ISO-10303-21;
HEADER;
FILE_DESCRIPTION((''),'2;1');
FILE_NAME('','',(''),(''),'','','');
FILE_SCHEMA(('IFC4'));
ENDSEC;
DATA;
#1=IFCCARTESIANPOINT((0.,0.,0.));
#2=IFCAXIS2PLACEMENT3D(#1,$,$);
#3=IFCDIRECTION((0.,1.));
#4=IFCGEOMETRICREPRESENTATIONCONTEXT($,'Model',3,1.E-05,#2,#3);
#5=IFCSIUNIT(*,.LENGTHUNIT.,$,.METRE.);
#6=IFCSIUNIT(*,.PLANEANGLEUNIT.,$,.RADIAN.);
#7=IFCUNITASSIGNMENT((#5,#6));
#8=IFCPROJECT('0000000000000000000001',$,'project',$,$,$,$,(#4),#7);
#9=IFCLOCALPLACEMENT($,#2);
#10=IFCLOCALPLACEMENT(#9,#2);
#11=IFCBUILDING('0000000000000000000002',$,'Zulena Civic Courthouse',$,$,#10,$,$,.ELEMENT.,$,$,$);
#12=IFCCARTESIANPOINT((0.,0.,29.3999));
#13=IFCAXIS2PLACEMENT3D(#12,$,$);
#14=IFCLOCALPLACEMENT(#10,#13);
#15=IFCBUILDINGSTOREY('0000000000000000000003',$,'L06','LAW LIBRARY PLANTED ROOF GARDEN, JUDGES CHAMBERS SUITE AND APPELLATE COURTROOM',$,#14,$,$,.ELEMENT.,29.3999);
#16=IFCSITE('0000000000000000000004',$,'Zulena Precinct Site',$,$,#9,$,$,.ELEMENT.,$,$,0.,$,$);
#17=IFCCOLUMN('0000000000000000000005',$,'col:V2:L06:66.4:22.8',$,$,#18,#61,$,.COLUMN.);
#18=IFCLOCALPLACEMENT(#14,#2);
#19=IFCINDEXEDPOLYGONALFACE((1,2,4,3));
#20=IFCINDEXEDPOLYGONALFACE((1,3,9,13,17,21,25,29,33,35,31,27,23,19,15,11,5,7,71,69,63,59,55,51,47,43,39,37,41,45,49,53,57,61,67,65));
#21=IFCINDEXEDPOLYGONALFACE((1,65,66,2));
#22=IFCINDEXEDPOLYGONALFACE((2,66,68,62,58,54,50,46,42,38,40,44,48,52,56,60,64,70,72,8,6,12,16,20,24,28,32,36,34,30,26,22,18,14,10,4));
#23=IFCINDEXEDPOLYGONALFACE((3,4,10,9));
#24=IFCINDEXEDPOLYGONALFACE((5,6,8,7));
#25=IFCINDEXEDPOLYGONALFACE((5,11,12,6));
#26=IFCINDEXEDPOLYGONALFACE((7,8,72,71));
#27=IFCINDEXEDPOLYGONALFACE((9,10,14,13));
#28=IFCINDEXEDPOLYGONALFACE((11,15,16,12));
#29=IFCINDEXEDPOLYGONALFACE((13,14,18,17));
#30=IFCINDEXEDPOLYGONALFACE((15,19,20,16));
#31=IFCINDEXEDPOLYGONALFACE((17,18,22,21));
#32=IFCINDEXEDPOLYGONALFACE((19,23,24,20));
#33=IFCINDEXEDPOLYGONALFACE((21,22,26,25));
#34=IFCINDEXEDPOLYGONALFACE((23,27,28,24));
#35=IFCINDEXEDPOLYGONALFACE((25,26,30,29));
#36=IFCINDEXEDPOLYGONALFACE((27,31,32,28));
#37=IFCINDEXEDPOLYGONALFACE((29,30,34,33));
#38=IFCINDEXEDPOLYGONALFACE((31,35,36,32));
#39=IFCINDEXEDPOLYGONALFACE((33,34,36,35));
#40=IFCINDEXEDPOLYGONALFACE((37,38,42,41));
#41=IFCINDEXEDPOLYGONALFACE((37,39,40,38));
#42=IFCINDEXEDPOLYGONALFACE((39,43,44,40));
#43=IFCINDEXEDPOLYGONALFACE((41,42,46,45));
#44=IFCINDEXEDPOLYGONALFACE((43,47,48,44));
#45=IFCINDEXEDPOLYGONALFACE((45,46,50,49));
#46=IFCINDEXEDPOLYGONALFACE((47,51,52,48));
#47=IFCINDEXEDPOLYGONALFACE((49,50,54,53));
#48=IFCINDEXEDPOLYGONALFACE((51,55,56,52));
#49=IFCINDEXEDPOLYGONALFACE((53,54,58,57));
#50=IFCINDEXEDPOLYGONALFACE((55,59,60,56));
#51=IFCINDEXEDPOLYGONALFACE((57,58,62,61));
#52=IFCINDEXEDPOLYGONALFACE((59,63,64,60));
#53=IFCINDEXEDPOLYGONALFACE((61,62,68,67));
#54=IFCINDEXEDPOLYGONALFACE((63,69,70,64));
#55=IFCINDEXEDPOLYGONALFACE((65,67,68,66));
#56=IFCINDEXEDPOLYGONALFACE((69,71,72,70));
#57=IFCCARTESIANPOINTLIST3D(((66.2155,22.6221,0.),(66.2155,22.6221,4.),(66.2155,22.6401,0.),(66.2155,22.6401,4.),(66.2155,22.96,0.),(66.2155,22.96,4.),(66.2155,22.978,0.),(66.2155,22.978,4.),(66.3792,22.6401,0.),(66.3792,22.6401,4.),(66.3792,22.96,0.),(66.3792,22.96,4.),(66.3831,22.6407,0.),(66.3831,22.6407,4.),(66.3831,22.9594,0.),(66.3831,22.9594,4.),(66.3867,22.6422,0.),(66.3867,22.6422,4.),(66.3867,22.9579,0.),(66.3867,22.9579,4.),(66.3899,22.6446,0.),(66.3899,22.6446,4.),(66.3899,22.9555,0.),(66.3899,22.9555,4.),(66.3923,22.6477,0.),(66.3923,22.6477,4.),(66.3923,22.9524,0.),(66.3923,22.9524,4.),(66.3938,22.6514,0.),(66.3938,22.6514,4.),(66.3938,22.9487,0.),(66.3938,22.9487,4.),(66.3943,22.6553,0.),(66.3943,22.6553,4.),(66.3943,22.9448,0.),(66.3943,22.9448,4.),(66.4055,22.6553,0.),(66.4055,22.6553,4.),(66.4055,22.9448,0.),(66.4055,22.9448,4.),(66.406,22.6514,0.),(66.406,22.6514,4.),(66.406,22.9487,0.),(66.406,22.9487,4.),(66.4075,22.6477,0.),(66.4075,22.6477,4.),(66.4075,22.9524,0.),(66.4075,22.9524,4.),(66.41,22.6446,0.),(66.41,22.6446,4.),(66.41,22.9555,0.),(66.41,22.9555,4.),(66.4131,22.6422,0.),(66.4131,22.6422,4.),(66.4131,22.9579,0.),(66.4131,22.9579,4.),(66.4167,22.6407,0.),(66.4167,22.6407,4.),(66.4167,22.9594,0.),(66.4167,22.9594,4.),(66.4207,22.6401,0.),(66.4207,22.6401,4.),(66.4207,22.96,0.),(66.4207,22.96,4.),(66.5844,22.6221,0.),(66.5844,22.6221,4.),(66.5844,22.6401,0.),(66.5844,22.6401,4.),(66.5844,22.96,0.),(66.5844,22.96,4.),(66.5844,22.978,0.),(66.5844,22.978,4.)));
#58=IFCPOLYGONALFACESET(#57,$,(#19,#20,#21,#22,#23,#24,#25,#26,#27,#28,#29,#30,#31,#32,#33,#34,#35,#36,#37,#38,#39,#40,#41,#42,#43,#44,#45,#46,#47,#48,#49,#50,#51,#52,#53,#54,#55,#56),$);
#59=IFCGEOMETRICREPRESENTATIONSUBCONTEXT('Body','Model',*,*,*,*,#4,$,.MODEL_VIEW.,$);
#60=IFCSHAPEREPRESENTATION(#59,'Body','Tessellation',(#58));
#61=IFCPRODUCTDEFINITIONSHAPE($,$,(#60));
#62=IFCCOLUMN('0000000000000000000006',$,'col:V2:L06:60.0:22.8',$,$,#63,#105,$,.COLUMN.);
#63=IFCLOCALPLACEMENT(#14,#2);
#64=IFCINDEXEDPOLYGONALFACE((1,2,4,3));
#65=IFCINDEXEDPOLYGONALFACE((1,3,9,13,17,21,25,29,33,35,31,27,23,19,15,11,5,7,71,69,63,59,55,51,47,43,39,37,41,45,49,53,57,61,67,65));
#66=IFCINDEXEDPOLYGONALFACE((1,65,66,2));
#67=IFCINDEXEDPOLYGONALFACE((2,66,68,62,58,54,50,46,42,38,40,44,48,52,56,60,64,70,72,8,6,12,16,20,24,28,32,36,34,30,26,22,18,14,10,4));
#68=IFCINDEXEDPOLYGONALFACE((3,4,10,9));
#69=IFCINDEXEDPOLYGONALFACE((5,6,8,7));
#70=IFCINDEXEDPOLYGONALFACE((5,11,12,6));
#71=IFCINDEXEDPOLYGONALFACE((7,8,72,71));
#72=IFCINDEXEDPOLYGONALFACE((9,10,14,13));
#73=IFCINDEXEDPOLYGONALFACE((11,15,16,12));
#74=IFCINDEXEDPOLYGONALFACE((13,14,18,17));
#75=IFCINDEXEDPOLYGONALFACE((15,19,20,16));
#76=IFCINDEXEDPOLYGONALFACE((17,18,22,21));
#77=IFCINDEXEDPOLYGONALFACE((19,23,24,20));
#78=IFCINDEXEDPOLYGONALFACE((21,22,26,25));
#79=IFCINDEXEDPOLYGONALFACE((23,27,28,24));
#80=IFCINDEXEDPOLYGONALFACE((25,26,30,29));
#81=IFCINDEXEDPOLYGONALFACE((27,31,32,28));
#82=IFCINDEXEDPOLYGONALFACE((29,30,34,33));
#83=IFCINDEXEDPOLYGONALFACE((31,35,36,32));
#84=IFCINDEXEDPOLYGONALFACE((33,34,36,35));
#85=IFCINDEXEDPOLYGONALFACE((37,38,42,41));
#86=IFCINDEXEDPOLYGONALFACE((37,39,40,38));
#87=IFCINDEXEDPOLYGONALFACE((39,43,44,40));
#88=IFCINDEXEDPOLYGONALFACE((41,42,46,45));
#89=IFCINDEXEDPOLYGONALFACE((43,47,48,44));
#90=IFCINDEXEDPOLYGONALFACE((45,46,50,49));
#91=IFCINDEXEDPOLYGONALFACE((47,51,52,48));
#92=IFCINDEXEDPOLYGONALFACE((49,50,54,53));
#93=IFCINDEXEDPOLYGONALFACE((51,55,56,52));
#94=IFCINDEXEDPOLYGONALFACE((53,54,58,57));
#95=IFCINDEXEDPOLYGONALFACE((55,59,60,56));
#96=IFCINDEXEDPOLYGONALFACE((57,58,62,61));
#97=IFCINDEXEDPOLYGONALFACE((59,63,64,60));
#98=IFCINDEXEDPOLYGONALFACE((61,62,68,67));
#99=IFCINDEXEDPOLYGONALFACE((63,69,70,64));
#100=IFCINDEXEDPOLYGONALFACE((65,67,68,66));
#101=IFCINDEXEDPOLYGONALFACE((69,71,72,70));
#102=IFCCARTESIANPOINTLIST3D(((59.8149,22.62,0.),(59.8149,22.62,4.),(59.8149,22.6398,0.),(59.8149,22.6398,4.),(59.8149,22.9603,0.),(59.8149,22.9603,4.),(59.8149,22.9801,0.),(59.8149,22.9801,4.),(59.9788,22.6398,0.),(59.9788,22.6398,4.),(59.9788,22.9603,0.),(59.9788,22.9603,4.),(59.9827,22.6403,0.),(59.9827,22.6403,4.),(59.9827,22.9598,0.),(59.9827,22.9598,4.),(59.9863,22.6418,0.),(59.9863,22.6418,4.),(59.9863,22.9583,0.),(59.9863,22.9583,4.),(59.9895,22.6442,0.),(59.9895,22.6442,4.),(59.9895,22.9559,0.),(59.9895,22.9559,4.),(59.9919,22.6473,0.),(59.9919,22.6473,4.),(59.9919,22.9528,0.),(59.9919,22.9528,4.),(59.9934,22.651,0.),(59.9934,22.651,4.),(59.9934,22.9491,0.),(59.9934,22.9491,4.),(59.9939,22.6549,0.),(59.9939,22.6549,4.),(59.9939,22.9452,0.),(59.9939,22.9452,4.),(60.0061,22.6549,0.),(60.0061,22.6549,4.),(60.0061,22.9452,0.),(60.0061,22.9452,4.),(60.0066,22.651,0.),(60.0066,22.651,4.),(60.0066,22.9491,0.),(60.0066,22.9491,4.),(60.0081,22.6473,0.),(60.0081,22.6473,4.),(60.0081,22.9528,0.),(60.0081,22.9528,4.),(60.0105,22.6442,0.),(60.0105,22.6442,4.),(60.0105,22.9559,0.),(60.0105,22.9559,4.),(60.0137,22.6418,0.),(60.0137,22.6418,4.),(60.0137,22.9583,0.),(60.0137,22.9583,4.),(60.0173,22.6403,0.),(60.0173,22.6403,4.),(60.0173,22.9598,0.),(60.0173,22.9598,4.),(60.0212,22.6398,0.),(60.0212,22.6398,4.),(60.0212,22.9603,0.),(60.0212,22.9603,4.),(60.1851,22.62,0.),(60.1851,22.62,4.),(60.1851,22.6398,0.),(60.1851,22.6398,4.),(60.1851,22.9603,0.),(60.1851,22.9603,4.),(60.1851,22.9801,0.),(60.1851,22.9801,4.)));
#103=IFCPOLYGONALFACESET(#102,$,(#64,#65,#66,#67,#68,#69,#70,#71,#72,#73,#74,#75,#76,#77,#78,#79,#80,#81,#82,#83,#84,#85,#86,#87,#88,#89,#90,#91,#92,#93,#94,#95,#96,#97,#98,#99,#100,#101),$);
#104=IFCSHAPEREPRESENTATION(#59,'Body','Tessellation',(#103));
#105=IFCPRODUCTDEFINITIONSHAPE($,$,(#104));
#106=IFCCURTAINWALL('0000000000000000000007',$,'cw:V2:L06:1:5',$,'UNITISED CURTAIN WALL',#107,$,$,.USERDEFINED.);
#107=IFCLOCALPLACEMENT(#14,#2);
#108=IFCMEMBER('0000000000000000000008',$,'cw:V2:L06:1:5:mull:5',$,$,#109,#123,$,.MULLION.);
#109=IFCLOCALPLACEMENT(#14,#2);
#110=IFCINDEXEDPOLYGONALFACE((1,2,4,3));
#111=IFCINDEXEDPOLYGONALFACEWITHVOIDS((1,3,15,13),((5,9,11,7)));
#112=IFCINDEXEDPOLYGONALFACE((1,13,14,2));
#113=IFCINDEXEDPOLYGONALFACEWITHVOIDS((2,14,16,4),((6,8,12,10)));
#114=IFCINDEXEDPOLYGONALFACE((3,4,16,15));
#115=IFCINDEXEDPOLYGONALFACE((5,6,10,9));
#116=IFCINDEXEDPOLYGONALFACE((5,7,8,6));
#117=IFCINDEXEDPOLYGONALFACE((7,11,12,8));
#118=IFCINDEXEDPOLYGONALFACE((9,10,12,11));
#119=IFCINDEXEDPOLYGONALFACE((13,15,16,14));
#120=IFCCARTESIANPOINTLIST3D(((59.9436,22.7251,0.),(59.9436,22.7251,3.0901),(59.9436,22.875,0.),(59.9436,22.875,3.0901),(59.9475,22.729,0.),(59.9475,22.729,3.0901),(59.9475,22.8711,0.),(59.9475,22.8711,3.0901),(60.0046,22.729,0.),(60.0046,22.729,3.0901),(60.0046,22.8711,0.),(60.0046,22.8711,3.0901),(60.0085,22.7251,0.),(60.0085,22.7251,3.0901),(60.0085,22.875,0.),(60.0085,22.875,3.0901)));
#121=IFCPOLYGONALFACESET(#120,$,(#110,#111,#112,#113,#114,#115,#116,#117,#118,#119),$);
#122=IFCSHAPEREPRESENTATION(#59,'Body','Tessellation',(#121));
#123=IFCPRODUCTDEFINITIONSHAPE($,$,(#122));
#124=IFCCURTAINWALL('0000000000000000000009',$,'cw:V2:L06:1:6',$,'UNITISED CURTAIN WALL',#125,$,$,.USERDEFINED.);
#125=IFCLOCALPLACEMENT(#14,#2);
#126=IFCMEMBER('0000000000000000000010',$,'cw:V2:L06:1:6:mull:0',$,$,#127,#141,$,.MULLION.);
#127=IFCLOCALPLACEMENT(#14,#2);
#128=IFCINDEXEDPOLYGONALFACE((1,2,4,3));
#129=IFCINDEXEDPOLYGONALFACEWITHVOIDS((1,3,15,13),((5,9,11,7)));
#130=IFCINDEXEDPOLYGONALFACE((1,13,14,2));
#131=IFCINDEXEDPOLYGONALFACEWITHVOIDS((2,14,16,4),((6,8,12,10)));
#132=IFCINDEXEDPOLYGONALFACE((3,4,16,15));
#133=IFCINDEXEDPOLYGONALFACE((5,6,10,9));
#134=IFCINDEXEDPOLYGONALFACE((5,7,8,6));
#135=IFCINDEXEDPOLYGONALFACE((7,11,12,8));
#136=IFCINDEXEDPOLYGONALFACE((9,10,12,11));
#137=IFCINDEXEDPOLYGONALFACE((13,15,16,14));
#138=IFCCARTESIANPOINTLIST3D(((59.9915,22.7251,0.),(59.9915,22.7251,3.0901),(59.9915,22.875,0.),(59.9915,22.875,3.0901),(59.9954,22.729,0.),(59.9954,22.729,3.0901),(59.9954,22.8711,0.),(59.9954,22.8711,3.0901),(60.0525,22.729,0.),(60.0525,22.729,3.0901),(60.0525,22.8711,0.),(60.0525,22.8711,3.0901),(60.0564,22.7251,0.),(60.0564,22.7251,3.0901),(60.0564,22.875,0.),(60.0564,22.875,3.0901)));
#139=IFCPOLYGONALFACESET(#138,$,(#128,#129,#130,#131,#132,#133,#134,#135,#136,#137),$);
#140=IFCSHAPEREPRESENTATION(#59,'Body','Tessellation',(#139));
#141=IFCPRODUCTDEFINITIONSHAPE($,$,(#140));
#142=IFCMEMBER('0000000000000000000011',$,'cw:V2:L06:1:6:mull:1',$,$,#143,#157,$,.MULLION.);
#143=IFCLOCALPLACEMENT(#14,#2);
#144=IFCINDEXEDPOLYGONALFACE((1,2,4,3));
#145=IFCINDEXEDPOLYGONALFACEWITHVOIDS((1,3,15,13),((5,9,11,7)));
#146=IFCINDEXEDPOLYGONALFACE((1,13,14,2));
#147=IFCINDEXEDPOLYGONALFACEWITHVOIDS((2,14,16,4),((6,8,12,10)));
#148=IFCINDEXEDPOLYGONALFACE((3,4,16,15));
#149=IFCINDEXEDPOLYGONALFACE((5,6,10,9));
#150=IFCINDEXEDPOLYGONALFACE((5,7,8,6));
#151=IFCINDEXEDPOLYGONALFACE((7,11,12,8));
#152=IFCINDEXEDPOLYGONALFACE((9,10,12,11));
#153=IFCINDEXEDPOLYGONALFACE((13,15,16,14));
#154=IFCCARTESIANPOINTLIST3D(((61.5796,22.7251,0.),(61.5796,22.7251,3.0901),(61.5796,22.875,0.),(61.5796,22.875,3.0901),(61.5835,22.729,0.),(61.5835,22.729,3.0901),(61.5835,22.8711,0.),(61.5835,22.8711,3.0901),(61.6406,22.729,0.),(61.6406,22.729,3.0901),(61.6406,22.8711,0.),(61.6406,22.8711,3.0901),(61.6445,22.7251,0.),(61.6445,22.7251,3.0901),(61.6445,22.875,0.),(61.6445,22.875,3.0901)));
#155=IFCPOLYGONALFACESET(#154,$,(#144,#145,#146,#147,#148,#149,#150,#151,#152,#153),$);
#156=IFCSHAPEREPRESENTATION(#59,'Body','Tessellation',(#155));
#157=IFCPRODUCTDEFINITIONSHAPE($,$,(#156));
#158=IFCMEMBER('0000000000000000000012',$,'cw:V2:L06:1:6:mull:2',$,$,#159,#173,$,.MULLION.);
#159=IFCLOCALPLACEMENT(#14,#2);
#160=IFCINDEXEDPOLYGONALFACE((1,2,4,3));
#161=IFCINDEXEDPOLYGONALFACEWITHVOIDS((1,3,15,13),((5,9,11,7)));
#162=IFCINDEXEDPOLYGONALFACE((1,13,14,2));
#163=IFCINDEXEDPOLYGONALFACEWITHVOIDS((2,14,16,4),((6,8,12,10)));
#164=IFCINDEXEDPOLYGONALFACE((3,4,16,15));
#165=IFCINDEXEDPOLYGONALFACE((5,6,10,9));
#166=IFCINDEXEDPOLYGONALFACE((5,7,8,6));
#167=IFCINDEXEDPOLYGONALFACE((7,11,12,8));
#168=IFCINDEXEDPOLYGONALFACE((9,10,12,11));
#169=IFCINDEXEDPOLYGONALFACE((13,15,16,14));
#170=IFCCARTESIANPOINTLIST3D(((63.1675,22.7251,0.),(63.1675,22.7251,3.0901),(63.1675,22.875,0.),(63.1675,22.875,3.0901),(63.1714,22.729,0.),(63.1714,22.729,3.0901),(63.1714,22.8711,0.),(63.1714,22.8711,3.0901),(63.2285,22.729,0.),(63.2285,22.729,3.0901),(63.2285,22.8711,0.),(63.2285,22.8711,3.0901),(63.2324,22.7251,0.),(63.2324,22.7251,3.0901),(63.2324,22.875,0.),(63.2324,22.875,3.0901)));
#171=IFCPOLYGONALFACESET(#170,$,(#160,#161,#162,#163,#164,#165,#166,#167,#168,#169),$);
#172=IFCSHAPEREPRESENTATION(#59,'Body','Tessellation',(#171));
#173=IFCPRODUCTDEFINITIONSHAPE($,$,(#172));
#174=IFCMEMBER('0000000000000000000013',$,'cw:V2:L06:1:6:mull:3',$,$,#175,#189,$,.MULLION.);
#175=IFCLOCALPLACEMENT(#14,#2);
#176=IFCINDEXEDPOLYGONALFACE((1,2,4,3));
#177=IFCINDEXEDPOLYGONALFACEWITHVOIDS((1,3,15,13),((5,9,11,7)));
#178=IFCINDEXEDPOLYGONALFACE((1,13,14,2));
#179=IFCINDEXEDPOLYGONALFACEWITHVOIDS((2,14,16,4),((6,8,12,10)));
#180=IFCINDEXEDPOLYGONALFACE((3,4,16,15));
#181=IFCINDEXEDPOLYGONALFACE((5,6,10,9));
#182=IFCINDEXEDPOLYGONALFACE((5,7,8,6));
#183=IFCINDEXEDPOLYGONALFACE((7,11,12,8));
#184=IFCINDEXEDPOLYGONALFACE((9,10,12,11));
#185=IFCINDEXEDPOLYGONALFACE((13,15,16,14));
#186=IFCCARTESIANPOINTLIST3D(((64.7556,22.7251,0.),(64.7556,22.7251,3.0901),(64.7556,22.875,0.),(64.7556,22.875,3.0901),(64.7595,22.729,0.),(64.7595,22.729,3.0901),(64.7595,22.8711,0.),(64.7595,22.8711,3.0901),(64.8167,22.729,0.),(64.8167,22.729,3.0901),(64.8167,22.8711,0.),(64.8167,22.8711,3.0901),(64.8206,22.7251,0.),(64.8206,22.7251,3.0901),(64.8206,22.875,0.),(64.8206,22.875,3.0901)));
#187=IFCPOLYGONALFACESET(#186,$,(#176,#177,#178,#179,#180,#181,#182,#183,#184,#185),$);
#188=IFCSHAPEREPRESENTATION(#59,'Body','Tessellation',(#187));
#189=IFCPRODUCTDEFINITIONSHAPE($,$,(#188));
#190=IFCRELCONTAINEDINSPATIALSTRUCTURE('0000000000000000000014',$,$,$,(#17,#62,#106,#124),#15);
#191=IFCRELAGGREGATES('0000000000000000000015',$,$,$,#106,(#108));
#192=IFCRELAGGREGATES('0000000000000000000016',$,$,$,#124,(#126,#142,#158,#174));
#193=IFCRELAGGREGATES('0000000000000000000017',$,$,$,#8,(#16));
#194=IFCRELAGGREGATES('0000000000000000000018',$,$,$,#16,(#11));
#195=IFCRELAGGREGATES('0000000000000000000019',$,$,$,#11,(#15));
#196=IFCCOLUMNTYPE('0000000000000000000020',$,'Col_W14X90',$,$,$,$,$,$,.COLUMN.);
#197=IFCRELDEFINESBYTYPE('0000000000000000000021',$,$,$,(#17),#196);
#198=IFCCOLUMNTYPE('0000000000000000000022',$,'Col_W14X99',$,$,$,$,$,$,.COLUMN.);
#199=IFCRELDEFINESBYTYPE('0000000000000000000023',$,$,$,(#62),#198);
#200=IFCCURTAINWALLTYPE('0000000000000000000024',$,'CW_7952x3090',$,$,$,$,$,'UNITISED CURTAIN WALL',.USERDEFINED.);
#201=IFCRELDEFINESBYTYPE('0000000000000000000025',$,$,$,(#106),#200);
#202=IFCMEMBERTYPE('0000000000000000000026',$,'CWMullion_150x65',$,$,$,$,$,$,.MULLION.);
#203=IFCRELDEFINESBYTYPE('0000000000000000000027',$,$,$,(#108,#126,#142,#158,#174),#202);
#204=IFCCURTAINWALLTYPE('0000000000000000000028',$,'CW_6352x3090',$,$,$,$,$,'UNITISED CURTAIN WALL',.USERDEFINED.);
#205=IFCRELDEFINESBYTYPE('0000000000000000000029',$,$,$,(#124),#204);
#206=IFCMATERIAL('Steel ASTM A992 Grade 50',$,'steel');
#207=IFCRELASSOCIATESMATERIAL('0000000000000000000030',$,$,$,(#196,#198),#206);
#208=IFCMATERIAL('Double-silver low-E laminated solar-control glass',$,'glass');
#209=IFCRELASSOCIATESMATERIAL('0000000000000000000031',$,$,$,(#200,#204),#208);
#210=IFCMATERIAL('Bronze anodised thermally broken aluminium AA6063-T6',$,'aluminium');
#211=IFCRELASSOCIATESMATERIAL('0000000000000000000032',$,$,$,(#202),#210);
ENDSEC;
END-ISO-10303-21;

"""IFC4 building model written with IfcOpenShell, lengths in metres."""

from ifc_helpers import new_model, si_unit, direction, frame, origin, origin_2d, place, context, subcontext, project, spatial, hollow_rectangle, i_section, extrude, material, material_profile, profile_set, type_object, element, aggregate, save


model = new_model("IFC4")

# Units and contexts
model_context = context("Model", 3, precision=1e-05, world=origin(), true_north=direction((0.0, 1.0)))
body_context = subcontext(model_context, "Body", "Model", "MODEL_VIEW")
ifc_project = project(units=[si_unit("LENGTHUNIT", "METRE"), si_unit("PLANEANGLEUNIT", "RADIAN")], contexts=[model_context])

# Site, building, storey
site_placement = place(None, origin())
site = spatial("IfcSite", under=ifc_project, at=site_placement, Name="Zulena Precinct Site", CompositionType="ELEMENT", RefElevation=0.0)
building_placement = place(site_placement, origin())
building = spatial("IfcBuilding", under=site, at=building_placement, Name="Zulena Civic Courthouse", CompositionType="ELEMENT")
storey_placement = place(building_placement, frame((0.0, 0.0, 29.3999)))
storey = spatial("IfcBuildingStorey", under=building, at=storey_placement, Name="L06", Description="LAW LIBRARY PLANTED ROOF GARDEN, JUDGES CHAMBERS SUITE AND APPELLATE COURTROOM", CompositionType="ELEMENT", Elevation=29.3999)

# Columns
ifc_material_1 = material(Name="Steel ASTM A992 Grade 50", Category="steel")
ifc_material_profile_1 = material_profile(ifc_material_1, i_section(OverallWidth=0.3689, OverallDepth=0.356, WebThickness=0.0112, FlangeThickness=0.0181, FilletRadius=0.0151, at=origin_2d()), Name="W14X90")
ifc_profile_set_1 = profile_set([ifc_material_profile_1], Name="Steel ASTM A992 Grade 50")
column_type_1 = type_object("IfcColumnType", Name="Col_W14X90", PredefinedType="COLUMN", material=ifc_profile_set_1)
column_1_placement = place(storey_placement, frame((66.3999, 22.8, 0.0), z_axis=(0.0, 0.0, 1.0), x_axis=(1.0, 0.0, 0.0)))
element("IfcColumn", 1, at=column_1_placement, inside=storey, type_object=column_type_1, Name="col:V2:L06:66.4:22.8", PredefinedType="COLUMN", context=body_context, shape_type="SweptSolid", body=[
    extrude(i_section(OverallWidth=0.3689, OverallDepth=0.356, WebThickness=0.0112, FlangeThickness=0.0181, FilletRadius=0.0151, at=origin_2d()), origin(), (0.0, 0.0, 1.0), 4.0),
])
ifc_material_profile_2 = material_profile(ifc_material_1, i_section(OverallWidth=0.3701, OverallDepth=0.3601, WebThickness=0.0122, FlangeThickness=0.0198, FilletRadius=0.0151, at=origin_2d()), Name="W14X99")
ifc_profile_set_2 = profile_set([ifc_material_profile_2], Name="Steel ASTM A992 Grade 50")
column_type_2 = type_object("IfcColumnType", Name="Col_W14X99", PredefinedType="COLUMN", material=ifc_profile_set_2)
column_2_placement = place(storey_placement, frame((60.0, 22.8, 0.0), z_axis=(0.0, 0.0, 1.0), x_axis=(1.0, 0.0, 0.0)))
element("IfcColumn", 2, at=column_2_placement, inside=storey, type_object=column_type_2, Name="col:V2:L06:60.0:22.8", PredefinedType="COLUMN", context=body_context, shape_type="SweptSolid", body=[
    extrude(i_section(OverallWidth=0.3701, OverallDepth=0.3601, WebThickness=0.0122, FlangeThickness=0.0198, FilletRadius=0.0151, at=origin_2d()), origin(), (0.0, 0.0, 1.0), 4.0),
])

# Curtain wall, member
ifc_material_2 = material(Name="Double-silver low-E laminated solar-control glass", Category="glass")
curtain_wall_type_1 = type_object("IfcCurtainWallType", Name="CW_7952x3090", ElementType="UNITISED CURTAIN WALL", PredefinedType="USERDEFINED", material=ifc_material_2)
curtain_wall_1_placement = place(storey_placement, origin())
curtain_wall_1 = element("IfcCurtainWall", 3, at=curtain_wall_1_placement, inside=storey, type_object=curtain_wall_type_1, Name="cw:V2:L06:1:5", ObjectType="UNITISED CURTAIN WALL", PredefinedType="USERDEFINED")
ifc_material_3 = material(Name="Bronze anodised thermally broken aluminium AA6063-T6", Category="aluminium")
ifc_material_profile_3 = material_profile(ifc_material_3, hollow_rectangle(XDim=0.0649, YDim=0.1499, WallThickness=0.0039, at=origin_2d()), Name="CWM150X65X4")
ifc_profile_set_3 = profile_set([ifc_material_profile_3], Name="Bronze anodised thermally broken aluminium AA6063-T6")
member_type_1 = type_object("IfcMemberType", Name="CWMullion_150x65", PredefinedType="MULLION", material=ifc_profile_set_3)
member_1_placement = place(storey_placement, frame((59.9761, 22.8, 0.0), z_axis=(0.0, 0.0, 1.0), x_axis=(1.0, 0.0, 0.0)))
member_1 = element("IfcMember", 4, at=member_1_placement, type_object=member_type_1, Name="cw:V2:L06:1:5:mull:5", PredefinedType="MULLION", context=body_context, shape_type="SweptSolid", body=[
    extrude(hollow_rectangle(XDim=0.0649, YDim=0.1499, WallThickness=0.0039, at=origin_2d()), origin(), (0.0, 0.0, 1.0), 3.0901),
])
aggregate(curtain_wall_1, [member_1])

# Curtain wall, members
curtain_wall_type_2 = type_object("IfcCurtainWallType", Name="CW_6352x3090", ElementType="UNITISED CURTAIN WALL", PredefinedType="USERDEFINED", material=ifc_material_2)
curtain_wall_2_placement = place(storey_placement, origin())
curtain_wall_2 = element("IfcCurtainWall", 5, at=curtain_wall_2_placement, inside=storey, type_object=curtain_wall_type_2, Name="cw:V2:L06:1:6", ObjectType="UNITISED CURTAIN WALL", PredefinedType="USERDEFINED")
member_2_placement = place(storey_placement, frame((60.0239, 22.8, 0.0), z_axis=(0.0, 0.0, 1.0), x_axis=(1.0, 0.0, 0.0)))
member_2 = element("IfcMember", 6, at=member_2_placement, type_object=member_type_1, Name="cw:V2:L06:1:6:mull:0", PredefinedType="MULLION", context=body_context, shape_type="SweptSolid", body=[
    extrude(hollow_rectangle(XDim=0.0649, YDim=0.1499, WallThickness=0.0039, at=origin_2d()), origin(), (0.0, 0.0, 1.0), 3.0901),
])
member_3_placement = place(storey_placement, frame((61.6121, 22.8, 0.0), z_axis=(0.0, 0.0, 1.0), x_axis=(1.0, 0.0, 0.0)))
member_3 = element("IfcMember", 7, at=member_3_placement, type_object=member_type_1, Name="cw:V2:L06:1:6:mull:1", PredefinedType="MULLION", context=body_context, shape_type="SweptSolid", body=[
    extrude(hollow_rectangle(XDim=0.0649, YDim=0.1499, WallThickness=0.0039, at=origin_2d()), origin(), (0.0, 0.0, 1.0), 3.0901),
])
member_4_placement = place(storey_placement, frame((63.2, 22.8, 0.0), z_axis=(0.0, 0.0, 1.0), x_axis=(1.0, 0.0, 0.0)))
member_4 = element("IfcMember", 8, at=member_4_placement, type_object=member_type_1, Name="cw:V2:L06:1:6:mull:2", PredefinedType="MULLION", context=body_context, shape_type="SweptSolid", body=[
    extrude(hollow_rectangle(XDim=0.0649, YDim=0.1499, WallThickness=0.0039, at=origin_2d()), origin(), (0.0, 0.0, 1.0), 3.0901),
])
member_5_placement = place(storey_placement, frame((64.7881, 22.8, 0.0), z_axis=(0.0, 0.0, 1.0), x_axis=(1.0, 0.0, 0.0)))
member_5 = element("IfcMember", 9, at=member_5_placement, type_object=member_type_1, Name="cw:V2:L06:1:6:mull:3", PredefinedType="MULLION", context=body_context, shape_type="SweptSolid", body=[
    extrude(hollow_rectangle(XDim=0.0649, YDim=0.1499, WallThickness=0.0039, at=origin_2d()), origin(), (0.0, 0.0, 1.0), 3.0901),
])

aggregate(curtain_wall_2, [member_2, member_3, member_4, member_5])

save(model, "model.ifc")
